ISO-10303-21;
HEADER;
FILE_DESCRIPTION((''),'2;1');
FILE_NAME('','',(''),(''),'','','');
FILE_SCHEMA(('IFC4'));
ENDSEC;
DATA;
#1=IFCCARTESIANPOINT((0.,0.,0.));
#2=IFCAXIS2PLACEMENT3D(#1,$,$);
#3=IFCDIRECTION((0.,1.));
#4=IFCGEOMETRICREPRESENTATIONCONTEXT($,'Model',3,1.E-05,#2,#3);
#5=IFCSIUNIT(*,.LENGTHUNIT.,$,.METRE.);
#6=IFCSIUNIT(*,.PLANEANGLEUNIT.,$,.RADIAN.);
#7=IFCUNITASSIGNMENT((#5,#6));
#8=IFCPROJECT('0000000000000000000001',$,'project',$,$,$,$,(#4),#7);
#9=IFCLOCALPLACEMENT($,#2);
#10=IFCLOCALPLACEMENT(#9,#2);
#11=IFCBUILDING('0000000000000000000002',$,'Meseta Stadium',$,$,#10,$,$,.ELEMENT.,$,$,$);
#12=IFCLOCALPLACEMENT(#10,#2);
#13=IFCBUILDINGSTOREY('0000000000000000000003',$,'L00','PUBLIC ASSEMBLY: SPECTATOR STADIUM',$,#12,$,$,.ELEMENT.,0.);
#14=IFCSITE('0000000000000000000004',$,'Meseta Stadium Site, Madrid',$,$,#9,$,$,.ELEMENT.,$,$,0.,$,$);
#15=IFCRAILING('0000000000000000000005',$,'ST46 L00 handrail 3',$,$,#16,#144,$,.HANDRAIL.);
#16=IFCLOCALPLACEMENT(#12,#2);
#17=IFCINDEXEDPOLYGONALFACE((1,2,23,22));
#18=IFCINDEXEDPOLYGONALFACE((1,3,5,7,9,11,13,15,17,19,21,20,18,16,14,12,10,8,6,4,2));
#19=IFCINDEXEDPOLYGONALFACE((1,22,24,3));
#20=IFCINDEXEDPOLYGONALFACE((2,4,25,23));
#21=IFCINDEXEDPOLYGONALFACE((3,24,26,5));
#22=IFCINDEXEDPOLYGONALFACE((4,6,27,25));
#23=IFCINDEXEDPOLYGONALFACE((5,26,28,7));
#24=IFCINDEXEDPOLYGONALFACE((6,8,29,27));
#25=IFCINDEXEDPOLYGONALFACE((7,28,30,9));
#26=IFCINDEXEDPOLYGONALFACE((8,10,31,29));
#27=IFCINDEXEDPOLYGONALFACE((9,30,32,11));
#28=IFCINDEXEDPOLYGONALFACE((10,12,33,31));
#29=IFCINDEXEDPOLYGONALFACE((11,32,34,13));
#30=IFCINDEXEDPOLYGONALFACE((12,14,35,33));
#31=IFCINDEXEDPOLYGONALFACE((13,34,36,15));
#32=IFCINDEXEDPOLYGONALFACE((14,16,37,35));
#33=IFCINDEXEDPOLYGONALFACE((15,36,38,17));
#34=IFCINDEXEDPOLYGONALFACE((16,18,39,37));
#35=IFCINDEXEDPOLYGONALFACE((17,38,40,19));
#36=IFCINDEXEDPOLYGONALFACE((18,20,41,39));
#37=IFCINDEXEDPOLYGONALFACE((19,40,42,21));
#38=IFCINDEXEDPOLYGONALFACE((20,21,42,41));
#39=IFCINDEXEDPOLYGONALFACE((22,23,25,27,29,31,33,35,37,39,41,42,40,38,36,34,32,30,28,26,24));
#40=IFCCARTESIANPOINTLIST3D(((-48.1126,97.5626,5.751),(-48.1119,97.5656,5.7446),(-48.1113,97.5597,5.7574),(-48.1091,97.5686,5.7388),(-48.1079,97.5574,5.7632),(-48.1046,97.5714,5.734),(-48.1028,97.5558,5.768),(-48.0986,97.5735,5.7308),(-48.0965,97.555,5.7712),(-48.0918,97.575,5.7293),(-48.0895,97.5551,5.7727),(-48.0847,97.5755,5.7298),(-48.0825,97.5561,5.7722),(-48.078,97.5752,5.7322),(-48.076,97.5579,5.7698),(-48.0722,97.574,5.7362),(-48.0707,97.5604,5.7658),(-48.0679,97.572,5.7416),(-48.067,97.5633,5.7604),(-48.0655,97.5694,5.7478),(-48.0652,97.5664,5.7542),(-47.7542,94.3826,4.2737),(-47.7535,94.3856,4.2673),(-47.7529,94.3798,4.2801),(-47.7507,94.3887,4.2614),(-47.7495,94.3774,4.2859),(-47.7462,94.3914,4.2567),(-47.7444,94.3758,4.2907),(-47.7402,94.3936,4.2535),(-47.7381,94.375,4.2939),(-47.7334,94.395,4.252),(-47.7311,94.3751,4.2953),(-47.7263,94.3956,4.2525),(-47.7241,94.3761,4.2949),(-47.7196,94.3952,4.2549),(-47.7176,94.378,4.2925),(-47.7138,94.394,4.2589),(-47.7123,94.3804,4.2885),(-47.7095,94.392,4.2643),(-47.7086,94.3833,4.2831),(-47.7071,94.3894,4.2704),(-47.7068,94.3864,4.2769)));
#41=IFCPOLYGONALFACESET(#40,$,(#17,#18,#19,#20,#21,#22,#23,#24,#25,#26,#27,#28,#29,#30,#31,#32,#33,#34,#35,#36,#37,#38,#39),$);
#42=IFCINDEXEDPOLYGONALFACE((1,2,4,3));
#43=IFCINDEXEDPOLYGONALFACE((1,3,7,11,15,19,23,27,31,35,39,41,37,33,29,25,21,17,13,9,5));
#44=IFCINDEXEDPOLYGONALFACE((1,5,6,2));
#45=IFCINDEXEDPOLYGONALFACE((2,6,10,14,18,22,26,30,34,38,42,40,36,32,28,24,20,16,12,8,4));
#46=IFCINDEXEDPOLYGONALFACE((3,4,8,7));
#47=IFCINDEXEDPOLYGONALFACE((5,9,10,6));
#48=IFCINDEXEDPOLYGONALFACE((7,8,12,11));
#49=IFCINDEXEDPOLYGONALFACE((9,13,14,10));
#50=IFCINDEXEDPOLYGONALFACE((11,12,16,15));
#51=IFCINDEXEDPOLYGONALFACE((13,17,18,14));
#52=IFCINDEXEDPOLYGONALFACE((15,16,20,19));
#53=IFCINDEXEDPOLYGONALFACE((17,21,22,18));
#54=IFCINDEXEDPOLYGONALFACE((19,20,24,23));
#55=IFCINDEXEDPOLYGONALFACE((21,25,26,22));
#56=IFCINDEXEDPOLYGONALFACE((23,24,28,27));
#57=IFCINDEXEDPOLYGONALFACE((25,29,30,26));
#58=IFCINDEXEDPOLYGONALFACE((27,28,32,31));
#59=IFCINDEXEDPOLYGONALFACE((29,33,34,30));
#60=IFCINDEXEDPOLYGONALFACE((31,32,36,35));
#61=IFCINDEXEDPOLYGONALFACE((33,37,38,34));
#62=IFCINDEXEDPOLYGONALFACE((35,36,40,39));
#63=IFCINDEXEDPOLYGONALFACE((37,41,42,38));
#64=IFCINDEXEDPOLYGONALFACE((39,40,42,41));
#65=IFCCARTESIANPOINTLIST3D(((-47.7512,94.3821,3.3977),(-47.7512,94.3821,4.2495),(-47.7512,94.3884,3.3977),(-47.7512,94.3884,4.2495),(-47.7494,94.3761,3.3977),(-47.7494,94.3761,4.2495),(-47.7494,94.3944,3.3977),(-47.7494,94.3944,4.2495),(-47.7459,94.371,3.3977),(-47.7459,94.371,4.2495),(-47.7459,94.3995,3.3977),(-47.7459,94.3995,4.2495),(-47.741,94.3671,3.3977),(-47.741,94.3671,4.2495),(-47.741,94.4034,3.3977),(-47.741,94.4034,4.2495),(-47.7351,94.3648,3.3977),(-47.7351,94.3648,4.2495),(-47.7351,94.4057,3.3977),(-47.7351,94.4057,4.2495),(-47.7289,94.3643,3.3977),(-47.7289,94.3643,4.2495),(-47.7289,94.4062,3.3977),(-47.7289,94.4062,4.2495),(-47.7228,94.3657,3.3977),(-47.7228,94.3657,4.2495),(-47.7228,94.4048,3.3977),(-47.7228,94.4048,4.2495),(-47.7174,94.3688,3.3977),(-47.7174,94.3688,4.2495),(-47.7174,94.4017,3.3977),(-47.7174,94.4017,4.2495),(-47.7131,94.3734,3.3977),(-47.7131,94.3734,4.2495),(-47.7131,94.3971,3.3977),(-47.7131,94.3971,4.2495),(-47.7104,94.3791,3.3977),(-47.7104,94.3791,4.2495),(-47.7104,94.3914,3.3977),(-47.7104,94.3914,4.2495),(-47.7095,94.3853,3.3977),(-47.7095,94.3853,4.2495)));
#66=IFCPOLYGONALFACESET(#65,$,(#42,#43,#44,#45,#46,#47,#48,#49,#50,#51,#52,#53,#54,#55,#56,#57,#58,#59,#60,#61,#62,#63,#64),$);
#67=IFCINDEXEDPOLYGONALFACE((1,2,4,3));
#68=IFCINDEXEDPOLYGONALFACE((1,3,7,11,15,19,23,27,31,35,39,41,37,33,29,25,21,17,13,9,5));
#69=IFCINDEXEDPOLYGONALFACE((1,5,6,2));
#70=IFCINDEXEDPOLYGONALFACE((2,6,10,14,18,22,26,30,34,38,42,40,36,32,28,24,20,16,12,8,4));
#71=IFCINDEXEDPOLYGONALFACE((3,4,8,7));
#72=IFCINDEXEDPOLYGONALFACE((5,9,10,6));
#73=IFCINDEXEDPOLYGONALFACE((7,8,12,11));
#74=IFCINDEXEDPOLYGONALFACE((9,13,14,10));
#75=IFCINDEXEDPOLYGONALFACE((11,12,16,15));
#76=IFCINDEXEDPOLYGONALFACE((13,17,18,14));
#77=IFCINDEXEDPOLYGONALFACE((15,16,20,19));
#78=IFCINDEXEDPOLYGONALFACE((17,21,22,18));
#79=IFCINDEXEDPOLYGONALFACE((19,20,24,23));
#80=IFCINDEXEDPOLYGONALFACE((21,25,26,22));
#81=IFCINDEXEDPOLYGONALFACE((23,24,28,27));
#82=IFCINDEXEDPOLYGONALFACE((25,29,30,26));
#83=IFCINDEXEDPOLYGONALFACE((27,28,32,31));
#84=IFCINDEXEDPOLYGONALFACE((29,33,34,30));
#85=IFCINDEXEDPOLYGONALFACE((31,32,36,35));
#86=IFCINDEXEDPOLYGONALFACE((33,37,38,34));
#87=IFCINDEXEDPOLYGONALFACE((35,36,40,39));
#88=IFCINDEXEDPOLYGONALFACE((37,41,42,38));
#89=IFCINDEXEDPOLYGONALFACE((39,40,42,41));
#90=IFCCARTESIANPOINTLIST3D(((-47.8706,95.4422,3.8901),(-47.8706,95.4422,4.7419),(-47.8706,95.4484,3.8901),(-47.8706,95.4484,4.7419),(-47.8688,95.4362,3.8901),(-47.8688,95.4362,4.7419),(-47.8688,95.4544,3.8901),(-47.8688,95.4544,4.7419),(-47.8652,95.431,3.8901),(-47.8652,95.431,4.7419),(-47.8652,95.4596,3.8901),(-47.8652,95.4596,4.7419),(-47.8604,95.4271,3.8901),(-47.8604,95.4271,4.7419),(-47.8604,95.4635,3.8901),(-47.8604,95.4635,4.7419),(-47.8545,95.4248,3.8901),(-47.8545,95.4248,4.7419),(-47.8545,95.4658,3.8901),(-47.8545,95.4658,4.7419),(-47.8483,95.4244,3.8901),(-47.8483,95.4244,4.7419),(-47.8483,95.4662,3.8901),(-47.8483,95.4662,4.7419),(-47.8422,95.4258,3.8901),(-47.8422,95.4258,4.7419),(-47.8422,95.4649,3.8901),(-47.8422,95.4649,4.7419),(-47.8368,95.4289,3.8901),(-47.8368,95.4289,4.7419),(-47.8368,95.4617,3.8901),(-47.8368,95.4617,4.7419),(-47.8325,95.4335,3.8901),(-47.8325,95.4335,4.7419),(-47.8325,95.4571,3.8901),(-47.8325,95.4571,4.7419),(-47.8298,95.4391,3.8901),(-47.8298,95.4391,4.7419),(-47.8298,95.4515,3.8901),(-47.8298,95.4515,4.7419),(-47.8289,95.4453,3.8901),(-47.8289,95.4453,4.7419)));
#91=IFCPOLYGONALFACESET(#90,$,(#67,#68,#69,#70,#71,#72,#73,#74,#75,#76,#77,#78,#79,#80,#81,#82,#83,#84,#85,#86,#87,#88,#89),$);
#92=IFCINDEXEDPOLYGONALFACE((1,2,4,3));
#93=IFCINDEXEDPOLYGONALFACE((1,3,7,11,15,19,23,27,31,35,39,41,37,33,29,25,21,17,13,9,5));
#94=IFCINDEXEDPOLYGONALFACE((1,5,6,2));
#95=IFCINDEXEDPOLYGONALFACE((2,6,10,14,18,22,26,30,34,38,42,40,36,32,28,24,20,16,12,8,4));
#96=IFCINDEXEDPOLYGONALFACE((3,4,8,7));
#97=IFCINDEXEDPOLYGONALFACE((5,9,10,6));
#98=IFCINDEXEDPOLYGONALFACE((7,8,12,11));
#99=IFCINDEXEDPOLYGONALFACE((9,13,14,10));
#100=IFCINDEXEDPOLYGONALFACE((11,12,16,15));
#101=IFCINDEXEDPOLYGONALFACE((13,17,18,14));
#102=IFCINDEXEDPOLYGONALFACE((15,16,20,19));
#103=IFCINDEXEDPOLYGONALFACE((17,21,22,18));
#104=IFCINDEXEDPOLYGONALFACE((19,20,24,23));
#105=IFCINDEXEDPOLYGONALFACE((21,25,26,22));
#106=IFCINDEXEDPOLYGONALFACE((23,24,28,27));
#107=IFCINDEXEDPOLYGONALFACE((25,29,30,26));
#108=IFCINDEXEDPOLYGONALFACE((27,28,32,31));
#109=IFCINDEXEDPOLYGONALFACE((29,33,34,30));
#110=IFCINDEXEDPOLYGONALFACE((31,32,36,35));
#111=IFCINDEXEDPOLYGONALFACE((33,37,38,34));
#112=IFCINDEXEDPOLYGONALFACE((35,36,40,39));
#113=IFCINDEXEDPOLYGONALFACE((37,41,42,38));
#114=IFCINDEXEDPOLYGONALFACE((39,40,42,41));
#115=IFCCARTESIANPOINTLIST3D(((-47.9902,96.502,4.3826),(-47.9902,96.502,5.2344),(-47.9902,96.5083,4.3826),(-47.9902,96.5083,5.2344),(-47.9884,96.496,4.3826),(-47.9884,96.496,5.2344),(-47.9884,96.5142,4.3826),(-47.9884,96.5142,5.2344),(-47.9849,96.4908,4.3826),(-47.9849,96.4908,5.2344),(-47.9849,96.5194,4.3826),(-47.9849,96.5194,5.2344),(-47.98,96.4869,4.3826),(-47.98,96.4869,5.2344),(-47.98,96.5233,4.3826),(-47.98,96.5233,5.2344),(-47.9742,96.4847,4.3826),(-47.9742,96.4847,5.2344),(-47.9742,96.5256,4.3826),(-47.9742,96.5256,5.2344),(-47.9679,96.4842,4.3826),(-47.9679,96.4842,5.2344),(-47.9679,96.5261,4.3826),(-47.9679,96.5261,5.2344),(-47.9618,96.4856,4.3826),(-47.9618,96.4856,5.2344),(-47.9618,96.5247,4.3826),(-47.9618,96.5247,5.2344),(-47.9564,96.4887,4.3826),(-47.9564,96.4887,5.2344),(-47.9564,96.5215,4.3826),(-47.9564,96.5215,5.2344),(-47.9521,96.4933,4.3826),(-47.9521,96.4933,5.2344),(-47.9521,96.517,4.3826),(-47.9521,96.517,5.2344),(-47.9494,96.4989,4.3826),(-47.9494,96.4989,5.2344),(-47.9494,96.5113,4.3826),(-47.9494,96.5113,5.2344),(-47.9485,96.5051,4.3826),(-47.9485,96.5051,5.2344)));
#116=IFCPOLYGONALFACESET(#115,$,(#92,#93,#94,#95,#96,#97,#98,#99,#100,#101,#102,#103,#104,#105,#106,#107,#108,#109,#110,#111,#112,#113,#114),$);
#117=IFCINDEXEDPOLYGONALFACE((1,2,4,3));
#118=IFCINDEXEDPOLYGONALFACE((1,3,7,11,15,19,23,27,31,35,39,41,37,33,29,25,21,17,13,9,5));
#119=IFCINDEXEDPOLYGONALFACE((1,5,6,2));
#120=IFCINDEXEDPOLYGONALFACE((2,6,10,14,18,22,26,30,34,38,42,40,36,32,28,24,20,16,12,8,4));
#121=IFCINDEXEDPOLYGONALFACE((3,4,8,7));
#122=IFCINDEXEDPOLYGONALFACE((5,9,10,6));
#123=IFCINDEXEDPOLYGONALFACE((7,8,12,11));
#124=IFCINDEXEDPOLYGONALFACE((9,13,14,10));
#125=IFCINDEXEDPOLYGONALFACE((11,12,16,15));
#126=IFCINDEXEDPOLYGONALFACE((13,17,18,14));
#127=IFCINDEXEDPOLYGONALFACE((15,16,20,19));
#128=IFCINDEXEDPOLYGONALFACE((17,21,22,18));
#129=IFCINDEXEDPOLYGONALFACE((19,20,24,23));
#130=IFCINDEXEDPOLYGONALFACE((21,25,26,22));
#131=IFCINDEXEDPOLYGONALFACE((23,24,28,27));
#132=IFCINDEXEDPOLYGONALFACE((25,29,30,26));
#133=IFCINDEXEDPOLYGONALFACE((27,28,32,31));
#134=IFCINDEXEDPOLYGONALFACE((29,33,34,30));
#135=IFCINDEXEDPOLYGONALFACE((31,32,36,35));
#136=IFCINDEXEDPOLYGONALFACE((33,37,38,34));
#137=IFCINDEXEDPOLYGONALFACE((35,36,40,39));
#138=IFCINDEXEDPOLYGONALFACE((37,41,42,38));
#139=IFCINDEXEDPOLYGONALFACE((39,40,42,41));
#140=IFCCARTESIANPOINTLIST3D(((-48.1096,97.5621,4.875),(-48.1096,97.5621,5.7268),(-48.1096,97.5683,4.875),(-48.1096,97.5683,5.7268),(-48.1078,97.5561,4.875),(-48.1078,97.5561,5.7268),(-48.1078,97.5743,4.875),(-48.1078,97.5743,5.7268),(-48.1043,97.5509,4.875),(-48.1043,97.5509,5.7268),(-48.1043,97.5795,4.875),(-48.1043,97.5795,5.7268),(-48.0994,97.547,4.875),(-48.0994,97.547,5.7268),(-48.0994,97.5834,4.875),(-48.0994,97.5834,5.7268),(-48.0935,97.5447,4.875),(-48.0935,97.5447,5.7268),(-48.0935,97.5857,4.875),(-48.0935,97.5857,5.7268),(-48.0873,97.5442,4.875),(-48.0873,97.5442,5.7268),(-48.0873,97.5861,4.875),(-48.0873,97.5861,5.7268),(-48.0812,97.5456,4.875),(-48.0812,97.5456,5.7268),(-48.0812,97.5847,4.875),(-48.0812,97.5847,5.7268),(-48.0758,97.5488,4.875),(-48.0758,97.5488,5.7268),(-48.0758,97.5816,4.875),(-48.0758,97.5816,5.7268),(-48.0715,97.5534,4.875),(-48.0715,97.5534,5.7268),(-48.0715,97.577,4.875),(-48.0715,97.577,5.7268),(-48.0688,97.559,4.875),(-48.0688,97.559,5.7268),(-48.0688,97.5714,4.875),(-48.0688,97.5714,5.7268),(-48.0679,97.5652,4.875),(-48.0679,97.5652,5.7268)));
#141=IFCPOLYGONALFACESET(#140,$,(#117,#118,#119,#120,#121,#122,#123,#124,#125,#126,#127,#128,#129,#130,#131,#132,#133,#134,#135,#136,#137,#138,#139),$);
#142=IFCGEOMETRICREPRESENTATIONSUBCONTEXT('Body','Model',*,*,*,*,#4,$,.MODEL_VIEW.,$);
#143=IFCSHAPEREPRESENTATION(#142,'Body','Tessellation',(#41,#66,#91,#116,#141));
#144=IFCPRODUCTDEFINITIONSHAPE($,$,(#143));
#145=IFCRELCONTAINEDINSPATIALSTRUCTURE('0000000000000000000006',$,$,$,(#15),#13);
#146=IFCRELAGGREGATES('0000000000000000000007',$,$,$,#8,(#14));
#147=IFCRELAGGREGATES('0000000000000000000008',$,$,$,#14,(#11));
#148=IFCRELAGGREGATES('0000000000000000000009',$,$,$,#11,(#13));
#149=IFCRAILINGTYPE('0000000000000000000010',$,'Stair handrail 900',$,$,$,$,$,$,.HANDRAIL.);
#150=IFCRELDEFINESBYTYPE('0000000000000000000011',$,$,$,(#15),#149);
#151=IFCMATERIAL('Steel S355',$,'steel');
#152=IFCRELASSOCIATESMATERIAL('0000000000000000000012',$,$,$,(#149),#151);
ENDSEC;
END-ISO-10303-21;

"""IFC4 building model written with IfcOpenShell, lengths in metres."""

from ifc_helpers import new_model, si_unit, direction, frame, origin, origin_2d, place, context, subcontext, project, spatial, circle, extrude, material, type_object, element, save


model = new_model("IFC4")

# Units and contexts
model_context = context("Model", 3, precision=1e-05, world=origin(), true_north=direction((0.0, 1.0)))
body_context = subcontext(model_context, "Body", "Model", "MODEL_VIEW")
ifc_project = project(units=[si_unit("LENGTHUNIT", "METRE"), si_unit("PLANEANGLEUNIT", "RADIAN")], contexts=[model_context])

# Site, building, storey
site_placement = place(None, origin())
site = spatial("IfcSite", under=ifc_project, at=site_placement, Name="Meseta Stadium Site, Madrid", CompositionType="ELEMENT", RefElevation=0.0)
building_placement = place(site_placement, origin())
building = spatial("IfcBuilding", under=site, at=building_placement, Name="Meseta Stadium", CompositionType="ELEMENT")
storey_placement = place(building_placement, origin())
storey = spatial("IfcBuildingStorey", under=building, at=storey_placement, Name="L00", Description="PUBLIC ASSEMBLY: SPECTATOR STADIUM", CompositionType="ELEMENT", Elevation=0.0)

# Railing
ifc_material_1 = material(Name="Steel S355", Category="steel")
railing_type_1 = type_object("IfcRailingType", Name="Stair handrail 900", PredefinedType="HANDRAIL", material=ifc_material_1)
railing_1_placement = place(storey_placement, frame((-47.7305, 94.3853, 3.3977)))
element("IfcRailing", 1, at=railing_1_placement, inside=storey, type_object=railing_type_1, Name="ST46 L00 handrail 3", PredefinedType="HANDRAIL", context=body_context, shape_type="SweptSolid", body=[
    extrude(circle(Radius=0.0239, at=origin_2d()), frame((0.0, 0.0, 0.876), z_axis=(-0.101685, 0.90221, 0.419138), x_axis=(-0.993709, -0.111997, 0.0)), (0.0, 0.0, 1.0), 3.5247),
    extrude(circle(Radius=0.021, at=origin_2d()), origin(), (0.0, 0.0, 1.0), 0.8518),
    extrude(circle(Radius=0.021, at=origin_2d()), frame((-0.1194, 1.0601, 0.4924)), (0.0, 0.0, 1.0), 0.8518),
    extrude(circle(Radius=0.021, at=origin_2d()), frame((-0.239, 2.1199, 0.9849)), (0.0, 0.0, 1.0), 0.8518),
    extrude(circle(Radius=0.021, at=origin_2d()), frame((-0.3584, 3.1799, 1.4773)), (0.0, 0.0, 1.0), 0.8518),
])

save(model, "model.ifc")
